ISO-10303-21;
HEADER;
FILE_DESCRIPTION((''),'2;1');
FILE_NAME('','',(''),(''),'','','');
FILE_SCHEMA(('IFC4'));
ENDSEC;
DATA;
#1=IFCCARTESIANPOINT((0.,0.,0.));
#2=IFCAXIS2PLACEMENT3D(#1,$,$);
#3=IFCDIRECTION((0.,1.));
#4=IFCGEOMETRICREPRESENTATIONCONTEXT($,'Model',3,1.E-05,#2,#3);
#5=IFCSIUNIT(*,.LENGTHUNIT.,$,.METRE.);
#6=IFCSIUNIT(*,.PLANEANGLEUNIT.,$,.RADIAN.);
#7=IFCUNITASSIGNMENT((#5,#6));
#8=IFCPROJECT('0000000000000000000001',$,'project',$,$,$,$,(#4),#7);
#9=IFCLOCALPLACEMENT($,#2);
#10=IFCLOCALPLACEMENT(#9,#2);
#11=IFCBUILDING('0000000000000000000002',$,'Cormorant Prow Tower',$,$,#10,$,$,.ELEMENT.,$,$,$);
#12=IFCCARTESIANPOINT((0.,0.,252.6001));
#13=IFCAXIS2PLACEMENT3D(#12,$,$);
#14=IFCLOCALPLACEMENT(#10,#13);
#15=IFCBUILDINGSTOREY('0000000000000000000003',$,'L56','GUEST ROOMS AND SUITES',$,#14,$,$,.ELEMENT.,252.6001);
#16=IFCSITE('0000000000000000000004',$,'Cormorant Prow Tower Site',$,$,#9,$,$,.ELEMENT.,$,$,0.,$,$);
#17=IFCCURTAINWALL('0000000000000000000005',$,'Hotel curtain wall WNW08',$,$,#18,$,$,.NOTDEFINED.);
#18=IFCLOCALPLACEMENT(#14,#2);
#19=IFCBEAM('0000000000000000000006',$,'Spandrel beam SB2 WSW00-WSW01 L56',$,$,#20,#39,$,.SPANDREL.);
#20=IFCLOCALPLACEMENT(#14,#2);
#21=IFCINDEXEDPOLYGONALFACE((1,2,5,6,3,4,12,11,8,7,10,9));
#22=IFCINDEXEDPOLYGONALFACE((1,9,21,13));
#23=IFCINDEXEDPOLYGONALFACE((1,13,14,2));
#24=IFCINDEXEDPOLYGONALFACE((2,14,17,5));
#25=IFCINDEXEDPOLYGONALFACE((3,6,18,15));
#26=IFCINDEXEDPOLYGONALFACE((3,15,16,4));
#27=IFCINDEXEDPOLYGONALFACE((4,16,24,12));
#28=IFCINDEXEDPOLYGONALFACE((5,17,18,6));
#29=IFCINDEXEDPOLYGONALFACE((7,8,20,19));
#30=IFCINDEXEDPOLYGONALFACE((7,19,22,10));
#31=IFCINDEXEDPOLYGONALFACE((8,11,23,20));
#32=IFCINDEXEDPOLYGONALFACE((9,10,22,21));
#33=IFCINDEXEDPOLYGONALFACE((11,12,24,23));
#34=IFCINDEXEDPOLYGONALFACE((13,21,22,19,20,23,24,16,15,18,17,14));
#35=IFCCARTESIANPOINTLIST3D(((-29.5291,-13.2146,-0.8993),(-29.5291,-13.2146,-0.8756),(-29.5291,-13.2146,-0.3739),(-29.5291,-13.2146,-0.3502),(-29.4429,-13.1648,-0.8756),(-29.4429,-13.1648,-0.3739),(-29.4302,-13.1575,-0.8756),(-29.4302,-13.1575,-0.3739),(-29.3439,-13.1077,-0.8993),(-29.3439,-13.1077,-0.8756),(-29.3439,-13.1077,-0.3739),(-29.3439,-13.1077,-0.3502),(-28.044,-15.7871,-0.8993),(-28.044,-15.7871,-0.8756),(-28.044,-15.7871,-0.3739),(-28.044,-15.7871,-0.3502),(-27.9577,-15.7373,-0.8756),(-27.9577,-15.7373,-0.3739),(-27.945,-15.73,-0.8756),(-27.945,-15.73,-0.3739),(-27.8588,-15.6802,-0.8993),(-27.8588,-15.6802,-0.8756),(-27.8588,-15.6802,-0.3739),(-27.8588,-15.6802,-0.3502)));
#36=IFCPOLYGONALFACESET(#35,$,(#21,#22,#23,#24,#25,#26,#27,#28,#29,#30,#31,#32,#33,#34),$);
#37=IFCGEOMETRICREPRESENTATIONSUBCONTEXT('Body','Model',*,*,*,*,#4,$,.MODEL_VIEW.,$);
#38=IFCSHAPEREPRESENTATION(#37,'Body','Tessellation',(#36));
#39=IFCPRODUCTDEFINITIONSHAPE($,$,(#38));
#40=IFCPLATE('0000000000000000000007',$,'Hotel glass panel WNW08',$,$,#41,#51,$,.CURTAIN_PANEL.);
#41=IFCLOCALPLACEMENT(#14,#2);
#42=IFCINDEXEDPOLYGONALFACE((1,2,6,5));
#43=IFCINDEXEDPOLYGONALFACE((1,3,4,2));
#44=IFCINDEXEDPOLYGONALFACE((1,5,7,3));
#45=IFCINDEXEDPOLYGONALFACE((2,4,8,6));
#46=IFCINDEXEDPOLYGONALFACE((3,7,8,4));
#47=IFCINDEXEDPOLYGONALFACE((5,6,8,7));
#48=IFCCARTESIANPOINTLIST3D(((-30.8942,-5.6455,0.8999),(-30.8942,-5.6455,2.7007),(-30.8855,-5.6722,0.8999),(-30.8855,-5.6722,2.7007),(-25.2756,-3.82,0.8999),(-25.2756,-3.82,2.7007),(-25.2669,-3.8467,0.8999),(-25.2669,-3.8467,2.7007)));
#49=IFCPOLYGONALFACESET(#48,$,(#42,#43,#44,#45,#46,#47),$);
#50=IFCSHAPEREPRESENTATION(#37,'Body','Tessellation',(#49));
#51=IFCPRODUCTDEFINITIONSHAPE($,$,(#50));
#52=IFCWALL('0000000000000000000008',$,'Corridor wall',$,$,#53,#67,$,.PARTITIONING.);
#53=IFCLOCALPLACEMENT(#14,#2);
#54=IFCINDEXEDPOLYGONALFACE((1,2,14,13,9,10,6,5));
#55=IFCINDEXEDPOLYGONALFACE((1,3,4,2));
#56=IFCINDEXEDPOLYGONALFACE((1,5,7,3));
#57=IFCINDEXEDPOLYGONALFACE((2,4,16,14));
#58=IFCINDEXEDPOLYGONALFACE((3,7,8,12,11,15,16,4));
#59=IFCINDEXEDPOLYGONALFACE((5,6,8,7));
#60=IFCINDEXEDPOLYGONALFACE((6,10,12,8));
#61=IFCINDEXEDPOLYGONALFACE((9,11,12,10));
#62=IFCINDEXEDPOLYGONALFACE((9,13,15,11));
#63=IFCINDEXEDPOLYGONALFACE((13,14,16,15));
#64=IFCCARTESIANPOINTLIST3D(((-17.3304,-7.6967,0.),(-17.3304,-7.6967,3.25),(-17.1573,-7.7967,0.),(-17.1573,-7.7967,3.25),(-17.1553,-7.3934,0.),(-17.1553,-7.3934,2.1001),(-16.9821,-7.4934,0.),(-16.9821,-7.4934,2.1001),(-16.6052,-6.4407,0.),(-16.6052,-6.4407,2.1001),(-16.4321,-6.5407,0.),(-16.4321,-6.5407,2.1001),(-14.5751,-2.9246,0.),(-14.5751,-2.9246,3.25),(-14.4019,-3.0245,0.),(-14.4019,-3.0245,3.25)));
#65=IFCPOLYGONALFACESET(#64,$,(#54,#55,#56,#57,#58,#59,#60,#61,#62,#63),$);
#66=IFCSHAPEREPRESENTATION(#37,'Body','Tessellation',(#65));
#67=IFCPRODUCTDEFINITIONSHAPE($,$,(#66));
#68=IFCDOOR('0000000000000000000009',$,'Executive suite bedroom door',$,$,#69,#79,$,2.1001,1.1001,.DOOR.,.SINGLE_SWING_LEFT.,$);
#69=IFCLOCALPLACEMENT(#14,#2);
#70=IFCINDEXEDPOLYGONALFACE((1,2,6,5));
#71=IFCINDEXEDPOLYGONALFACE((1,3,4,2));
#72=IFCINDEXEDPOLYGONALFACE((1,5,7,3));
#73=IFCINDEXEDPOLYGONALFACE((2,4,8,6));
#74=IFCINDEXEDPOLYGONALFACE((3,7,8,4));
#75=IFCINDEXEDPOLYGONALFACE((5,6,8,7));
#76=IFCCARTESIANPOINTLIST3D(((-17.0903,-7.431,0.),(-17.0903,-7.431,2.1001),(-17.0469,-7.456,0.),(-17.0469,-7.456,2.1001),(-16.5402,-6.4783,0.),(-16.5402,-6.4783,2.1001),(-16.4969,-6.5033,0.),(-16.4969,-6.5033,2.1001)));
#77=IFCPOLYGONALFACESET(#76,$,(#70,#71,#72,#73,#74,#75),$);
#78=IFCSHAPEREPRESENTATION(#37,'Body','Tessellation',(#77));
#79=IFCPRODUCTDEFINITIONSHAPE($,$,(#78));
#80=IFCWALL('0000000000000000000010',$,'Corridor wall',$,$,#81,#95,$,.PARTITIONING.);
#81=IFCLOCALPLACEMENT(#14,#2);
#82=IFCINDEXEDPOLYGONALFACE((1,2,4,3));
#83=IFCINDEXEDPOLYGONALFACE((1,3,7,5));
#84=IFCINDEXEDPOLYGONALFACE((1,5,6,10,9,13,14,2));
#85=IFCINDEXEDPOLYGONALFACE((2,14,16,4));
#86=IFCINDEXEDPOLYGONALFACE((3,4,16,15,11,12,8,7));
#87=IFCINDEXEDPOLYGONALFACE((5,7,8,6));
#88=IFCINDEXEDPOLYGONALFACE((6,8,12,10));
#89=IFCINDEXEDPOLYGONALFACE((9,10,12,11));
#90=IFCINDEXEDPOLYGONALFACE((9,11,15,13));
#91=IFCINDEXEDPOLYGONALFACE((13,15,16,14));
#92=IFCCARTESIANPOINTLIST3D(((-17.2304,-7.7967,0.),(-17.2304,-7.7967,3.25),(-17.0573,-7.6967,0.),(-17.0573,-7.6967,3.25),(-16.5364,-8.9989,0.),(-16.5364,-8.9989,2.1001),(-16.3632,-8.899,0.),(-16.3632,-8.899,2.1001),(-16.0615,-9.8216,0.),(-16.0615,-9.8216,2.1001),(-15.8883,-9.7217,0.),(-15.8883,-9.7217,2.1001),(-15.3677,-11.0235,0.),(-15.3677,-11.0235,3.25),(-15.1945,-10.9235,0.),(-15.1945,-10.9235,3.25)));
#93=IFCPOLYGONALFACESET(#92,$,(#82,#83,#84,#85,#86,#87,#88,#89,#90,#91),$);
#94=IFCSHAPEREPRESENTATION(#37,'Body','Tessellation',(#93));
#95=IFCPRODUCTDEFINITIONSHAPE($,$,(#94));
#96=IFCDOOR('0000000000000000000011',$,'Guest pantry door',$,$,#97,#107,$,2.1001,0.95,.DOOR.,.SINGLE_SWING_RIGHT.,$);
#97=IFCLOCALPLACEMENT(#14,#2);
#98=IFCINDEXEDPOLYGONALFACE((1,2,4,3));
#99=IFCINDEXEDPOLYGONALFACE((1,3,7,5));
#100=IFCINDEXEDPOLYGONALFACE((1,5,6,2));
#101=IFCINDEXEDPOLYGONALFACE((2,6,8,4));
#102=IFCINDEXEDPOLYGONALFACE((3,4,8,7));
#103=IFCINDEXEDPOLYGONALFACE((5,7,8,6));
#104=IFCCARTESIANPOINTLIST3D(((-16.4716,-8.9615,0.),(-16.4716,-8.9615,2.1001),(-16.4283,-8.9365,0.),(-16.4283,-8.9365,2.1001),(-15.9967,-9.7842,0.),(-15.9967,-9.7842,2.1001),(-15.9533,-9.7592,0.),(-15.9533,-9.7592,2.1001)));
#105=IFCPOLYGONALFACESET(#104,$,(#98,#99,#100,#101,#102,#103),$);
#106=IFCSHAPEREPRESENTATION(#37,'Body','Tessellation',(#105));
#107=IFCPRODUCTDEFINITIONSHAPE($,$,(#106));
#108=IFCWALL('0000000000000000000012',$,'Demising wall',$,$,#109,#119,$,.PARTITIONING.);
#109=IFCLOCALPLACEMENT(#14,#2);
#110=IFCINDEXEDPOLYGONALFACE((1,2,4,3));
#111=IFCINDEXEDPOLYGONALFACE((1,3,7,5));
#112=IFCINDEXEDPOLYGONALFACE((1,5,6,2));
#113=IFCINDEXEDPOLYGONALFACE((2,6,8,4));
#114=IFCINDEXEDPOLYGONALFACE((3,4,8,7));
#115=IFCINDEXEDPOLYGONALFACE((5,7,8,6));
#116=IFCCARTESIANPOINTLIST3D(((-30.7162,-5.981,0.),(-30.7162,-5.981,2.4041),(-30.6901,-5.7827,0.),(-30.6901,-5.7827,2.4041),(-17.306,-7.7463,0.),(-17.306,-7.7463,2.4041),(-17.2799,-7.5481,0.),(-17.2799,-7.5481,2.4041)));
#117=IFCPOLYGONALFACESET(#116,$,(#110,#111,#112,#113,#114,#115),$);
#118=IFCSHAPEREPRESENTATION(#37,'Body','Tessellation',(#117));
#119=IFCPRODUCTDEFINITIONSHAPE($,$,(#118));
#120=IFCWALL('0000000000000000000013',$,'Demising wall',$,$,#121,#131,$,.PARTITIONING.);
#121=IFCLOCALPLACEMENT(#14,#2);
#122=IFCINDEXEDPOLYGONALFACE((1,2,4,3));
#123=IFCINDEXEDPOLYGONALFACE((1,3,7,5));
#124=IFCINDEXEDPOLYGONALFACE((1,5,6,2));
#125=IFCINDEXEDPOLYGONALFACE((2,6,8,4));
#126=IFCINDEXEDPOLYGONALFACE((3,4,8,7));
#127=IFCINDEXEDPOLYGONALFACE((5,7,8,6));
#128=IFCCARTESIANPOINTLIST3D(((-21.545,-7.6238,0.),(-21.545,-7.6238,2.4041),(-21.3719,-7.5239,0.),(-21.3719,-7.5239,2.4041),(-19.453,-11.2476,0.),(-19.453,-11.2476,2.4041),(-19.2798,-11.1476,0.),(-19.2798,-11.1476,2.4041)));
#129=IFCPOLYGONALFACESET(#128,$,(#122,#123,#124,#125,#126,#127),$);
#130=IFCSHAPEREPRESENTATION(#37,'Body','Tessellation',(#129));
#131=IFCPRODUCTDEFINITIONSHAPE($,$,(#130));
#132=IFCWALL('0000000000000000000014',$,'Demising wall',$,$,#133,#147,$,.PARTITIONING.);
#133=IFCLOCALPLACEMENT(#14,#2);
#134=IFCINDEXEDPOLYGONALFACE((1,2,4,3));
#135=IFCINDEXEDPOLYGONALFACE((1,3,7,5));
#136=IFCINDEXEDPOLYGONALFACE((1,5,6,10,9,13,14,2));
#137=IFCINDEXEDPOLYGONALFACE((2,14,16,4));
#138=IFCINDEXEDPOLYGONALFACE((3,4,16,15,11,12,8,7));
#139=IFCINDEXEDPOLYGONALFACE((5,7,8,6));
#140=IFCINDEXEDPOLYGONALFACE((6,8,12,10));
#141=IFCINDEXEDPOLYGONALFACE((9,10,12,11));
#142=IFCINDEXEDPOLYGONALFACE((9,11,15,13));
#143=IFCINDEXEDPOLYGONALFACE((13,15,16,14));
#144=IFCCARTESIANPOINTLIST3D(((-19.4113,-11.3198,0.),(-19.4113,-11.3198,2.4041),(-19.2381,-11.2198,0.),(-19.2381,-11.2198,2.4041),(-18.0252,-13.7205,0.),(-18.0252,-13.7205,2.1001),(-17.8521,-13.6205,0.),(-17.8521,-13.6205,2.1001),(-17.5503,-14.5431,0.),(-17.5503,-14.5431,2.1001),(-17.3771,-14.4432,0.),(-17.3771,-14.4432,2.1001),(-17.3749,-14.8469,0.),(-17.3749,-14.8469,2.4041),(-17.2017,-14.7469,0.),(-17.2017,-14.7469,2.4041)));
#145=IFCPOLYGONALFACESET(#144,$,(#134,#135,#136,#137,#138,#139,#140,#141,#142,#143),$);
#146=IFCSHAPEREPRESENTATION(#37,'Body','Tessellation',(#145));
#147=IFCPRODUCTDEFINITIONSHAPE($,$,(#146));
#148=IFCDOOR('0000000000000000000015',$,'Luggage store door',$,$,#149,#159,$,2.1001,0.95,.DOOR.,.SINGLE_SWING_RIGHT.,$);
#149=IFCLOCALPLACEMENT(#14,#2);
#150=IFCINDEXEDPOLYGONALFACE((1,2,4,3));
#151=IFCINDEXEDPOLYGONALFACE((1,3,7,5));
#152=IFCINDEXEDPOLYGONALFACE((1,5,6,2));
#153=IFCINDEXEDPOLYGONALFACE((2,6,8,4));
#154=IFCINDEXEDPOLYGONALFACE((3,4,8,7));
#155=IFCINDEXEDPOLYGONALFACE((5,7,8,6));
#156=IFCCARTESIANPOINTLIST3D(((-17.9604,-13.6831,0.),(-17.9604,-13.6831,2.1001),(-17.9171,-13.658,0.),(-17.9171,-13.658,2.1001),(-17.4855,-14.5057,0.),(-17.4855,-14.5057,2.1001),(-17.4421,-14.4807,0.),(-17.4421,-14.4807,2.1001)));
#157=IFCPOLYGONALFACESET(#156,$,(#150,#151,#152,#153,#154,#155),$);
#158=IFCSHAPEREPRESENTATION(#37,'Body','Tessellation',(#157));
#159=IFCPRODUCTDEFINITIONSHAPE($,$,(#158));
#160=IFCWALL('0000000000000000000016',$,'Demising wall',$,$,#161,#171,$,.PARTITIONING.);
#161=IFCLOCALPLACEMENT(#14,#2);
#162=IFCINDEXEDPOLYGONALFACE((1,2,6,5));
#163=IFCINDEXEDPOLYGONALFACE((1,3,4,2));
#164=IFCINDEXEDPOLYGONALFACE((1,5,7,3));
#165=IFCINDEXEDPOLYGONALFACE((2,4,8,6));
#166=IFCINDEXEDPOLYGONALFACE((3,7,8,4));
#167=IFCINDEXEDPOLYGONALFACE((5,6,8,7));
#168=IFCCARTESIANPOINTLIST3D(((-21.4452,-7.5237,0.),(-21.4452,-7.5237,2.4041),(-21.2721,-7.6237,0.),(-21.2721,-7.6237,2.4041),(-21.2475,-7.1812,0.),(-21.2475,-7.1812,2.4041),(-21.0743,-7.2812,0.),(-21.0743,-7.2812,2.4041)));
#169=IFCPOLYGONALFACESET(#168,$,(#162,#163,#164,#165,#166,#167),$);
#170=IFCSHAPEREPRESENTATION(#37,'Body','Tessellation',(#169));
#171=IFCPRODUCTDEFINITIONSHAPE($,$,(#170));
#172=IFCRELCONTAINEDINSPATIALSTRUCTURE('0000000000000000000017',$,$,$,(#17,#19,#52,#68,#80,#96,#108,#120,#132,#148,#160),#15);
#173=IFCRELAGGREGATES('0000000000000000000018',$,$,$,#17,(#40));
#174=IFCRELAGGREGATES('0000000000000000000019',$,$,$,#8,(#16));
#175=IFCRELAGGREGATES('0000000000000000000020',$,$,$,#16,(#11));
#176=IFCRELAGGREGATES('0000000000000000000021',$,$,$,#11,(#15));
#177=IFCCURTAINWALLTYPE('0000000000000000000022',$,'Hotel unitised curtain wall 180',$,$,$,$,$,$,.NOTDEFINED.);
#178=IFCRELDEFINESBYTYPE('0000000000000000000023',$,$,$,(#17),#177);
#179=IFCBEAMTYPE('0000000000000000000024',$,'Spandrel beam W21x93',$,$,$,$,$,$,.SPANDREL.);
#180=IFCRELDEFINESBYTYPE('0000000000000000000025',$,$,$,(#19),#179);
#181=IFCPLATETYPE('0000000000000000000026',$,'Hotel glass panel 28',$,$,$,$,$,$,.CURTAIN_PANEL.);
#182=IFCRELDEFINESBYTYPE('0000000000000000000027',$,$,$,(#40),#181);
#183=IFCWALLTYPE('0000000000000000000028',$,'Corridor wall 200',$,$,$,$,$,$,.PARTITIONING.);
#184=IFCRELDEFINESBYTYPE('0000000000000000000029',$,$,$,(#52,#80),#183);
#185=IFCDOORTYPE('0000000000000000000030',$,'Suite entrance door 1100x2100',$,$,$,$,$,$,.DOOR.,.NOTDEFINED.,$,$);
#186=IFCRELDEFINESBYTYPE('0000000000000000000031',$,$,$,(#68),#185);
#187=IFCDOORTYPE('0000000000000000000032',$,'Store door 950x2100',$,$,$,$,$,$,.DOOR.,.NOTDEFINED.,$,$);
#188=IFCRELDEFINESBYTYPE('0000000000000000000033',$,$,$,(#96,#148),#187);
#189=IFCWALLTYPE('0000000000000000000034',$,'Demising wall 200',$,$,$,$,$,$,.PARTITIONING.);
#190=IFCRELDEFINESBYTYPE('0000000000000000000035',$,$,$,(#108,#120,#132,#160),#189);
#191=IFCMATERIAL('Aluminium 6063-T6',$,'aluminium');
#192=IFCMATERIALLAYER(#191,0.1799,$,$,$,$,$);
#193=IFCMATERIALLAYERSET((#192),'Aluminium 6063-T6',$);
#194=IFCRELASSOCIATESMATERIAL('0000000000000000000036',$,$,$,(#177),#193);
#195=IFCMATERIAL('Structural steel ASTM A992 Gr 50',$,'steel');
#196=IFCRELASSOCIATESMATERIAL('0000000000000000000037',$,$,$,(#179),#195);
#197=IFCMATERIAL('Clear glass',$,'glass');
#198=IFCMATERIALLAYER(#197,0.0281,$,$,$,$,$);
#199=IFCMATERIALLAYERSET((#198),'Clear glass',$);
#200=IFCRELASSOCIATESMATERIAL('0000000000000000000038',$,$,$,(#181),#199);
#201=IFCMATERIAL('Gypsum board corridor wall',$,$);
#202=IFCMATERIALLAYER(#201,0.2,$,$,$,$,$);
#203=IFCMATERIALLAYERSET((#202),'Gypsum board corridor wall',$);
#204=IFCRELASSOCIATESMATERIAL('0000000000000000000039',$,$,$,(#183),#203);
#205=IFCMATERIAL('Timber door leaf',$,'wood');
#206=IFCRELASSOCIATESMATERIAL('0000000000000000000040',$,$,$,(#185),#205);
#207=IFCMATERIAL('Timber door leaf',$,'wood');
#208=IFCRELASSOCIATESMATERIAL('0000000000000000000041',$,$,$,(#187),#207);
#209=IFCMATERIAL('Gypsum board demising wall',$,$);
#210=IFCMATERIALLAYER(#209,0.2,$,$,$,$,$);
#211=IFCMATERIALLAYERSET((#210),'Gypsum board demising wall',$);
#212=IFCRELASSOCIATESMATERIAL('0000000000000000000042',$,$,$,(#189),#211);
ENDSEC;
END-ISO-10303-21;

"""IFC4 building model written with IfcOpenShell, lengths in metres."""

from ifc_helpers import new_model, si_unit, direction, frame, frame_2d, origin, origin_2d, place, context, subcontext, project, spatial, rectangle, i_section, extrude, material, layer, layer_set, material_profile, profile_set, type_object, element, fill, aggregate, save


model = new_model("IFC4")

# Units and contexts
model_context = context("Model", 3, precision=1e-05, world=origin(), true_north=direction((0.0, 1.0)))
body_context = subcontext(model_context, "Body", "Model", "MODEL_VIEW")
ifc_project = project(units=[si_unit("LENGTHUNIT", "METRE"), si_unit("PLANEANGLEUNIT", "RADIAN")], contexts=[model_context])

# Site, building, storey
site_placement = place(None, origin())
site = spatial("IfcSite", under=ifc_project, at=site_placement, Name="Cormorant Prow Tower Site", CompositionType="ELEMENT", RefElevation=0.0)
building_placement = place(site_placement, origin())
building = spatial("IfcBuilding", under=site, at=building_placement, Name="Cormorant Prow Tower", CompositionType="ELEMENT")
storey_placement = place(building_placement, frame((0.0, 0.0, 252.6001)))
storey = spatial("IfcBuildingStorey", under=building, at=storey_placement, Name="L56", Description="GUEST ROOMS AND SUITES", CompositionType="ELEMENT", Elevation=252.6001)

# Curtain wall
ifc_material_1 = material(Name="Aluminium 6063-T6", Category="aluminium")
ifc_layer_1 = layer(ifc_material_1, 0.1799)
ifc_layer_set_1 = layer_set([ifc_layer_1], Name="Aluminium 6063-T6")
curtain_wall_type = type_object("IfcCurtainWallType", Name="Hotel unitised curtain wall 180", PredefinedType="NOTDEFINED", material=ifc_layer_set_1)
curtain_wall_placement = place(storey_placement, origin())
curtain_wall = element("IfcCurtainWall", 1, at=curtain_wall_placement, inside=storey, type_object=curtain_wall_type, Name="Hotel curtain wall WNW08", PredefinedType="NOTDEFINED")

# Beam
ifc_material_2 = material(Name="Structural steel ASTM A992 Gr 50", Category="steel")
ifc_material_profile_1 = material_profile(ifc_material_2, i_section(OverallWidth=0.2139, OverallDepth=0.5491, WebThickness=0.0146, FlangeThickness=0.0237, at=origin_2d()), Name="W21x93")
ifc_profile_set_1 = profile_set([ifc_material_profile_1], Name="Structural steel ASTM A992 Gr 50")
beam_type_1 = type_object("IfcBeamType", Name="Spandrel beam W21x93", PredefinedType="SPANDREL", material=ifc_profile_set_1)
beam_1_placement = place(storey_placement, frame((-29.4365, -13.1611, -0.6248), z_axis=(0.499967, -0.866045, 0.0), x_axis=(0.866045, 0.499967, 0.0)))
element("IfcBeam", 2, at=beam_1_placement, inside=storey, type_object=beam_type_1, Name="Spandrel beam SB2 WSW00-WSW01 L56", PredefinedType="SPANDREL", context=body_context, shape_type="SweptSolid", body=[
    extrude(i_section(OverallWidth=0.2139, OverallDepth=0.5491, WebThickness=0.0146, FlangeThickness=0.0237, at=origin_2d()), origin(), (0.0, 0.0, 1.0), 2.9705),
])

# Plate
ifc_material_3 = material(Name="Clear glass", Category="glass")
ifc_layer_2 = layer(ifc_material_3, 0.0281)
ifc_layer_set_2 = layer_set([ifc_layer_2], Name="Clear glass")
plate_type = type_object("IfcPlateType", Name="Hotel glass panel 28", PredefinedType="CURTAIN_PANEL", material=ifc_layer_set_2)
plate_placement = place(storey_placement, frame((-28.0806, -4.7461, 0.8999), z_axis=(0.0, 0.0, 1.0), x_axis=(-0.951057, -0.309017, 0.0)))
plate = element("IfcPlate", 3, at=plate_placement, type_object=plate_type, Name="Hotel glass panel WNW08", PredefinedType="CURTAIN_PANEL", context=body_context, shape_type="SweptSolid", body=[
    extrude(rectangle(XDim=5.9077, YDim=0.0281, at=origin_2d()), origin(), (0.0, 0.0, 1.0), 1.8008),
])
aggregate(curtain_wall, [plate])

# Walls, openings, doors
ifc_material_4 = material(Name="Gypsum board corridor wall")
ifc_layer_3 = layer(ifc_material_4, 0.2)
ifc_layer_set_3 = layer_set([ifc_layer_3], Name="Gypsum board corridor wall")
wall_type_1 = type_object("IfcWallType", Name="Corridor wall 200", PredefinedType="PARTITIONING", material=ifc_layer_set_3)
wall_1_placement = place(storey_placement, frame((-17.2439, -7.7468, 0.0), z_axis=(0.0, 0.0, 1.0), x_axis=(0.500018, 0.866015, 0.0)))
wall_1 = element("IfcWall", 4, at=wall_1_placement, inside=storey, type_object=wall_type_1, Name="Corridor wall", PredefinedType="PARTITIONING", context=body_context, shape_type="SweptSolid", body=[
    extrude(rectangle(XDim=5.5105, YDim=0.2, at=frame_2d((2.7554, 0.0))), origin(), (0.0, 0.0, 1.0), 3.25),
])
opening_1_placement = place(wall_1_placement, frame((0.3503, 0.0, 0.0)))
opening_1 = element("IfcOpeningElement", 5, at=opening_1_placement, cuts=wall_1, PredefinedType="OPENING", context=body_context, shape_type="SweptSolid", body=[
    extrude(rectangle(XDim=1.1001, YDim=2.1001, at=frame_2d((0.55, 1.05))), frame((0.0, 0.1099, 0.0), z_axis=(0.0, -1.0, 0.0), x_axis=(1.0, 0.0, 0.0)), (0.0, 0.0, 1.0), 0.22),
])
ifc_material_5 = material(Name="Timber door leaf", Category="wood")
door_type_1 = type_object("IfcDoorType", Name="Suite entrance door 1100x2100", OperationType="NOTDEFINED", PredefinedType="DOOR", material=ifc_material_5)
door_1_placement = place(opening_1_placement, origin())
door_1 = element("IfcDoor", 6, at=door_1_placement, inside=storey, type_object=door_type_1, Name="Executive suite bedroom door", OperationType="SINGLE_SWING_LEFT", OverallHeight=2.1001, OverallWidth=1.1001, PredefinedType="DOOR", context=body_context, shape_type="SweptSolid", body=[
    extrude(rectangle(XDim=1.1001, YDim=2.1001, at=frame_2d((0.55, 1.05))), frame((0.0, 0.0249, 0.0), z_axis=(0.0, -1.0, 0.0), x_axis=(1.0, 0.0, 0.0)), (0.0, 0.0, 1.0), 0.05),
])
fill(opening_1, door_1)
wall_2_placement = place(storey_placement, frame((-17.1438, -7.7468, 0.0), z_axis=(0.0, 0.0, 1.0), x_axis=(0.499959, -0.866049, 0.0)))
wall_2 = element("IfcWall", 7, at=wall_2_placement, inside=storey, type_object=wall_type_1, Name="Corridor wall", PredefinedType="PARTITIONING", context=body_context, shape_type="SweptSolid", body=[
    extrude(rectangle(XDim=3.7258, YDim=0.2, at=frame_2d((1.8628, 0.0))), origin(), (0.0, 0.0, 1.0), 3.25),
])
opening_2_placement = place(wall_2_placement, frame((1.3879, 0.0, 0.0)))
opening_2 = element("IfcOpeningElement", 8, at=opening_2_placement, cuts=wall_2, PredefinedType="OPENING", context=body_context, shape_type="SweptSolid", body=[
    extrude(rectangle(XDim=0.95, YDim=2.1001, at=frame_2d((0.4751, 1.05))), frame((0.0, 0.1099, 0.0), z_axis=(0.0, -1.0, 0.0), x_axis=(1.0, 0.0, 0.0)), (0.0, 0.0, 1.0), 0.22),
])
ifc_material_6 = material(Name="Timber door leaf", Category="wood")
door_type_2 = type_object("IfcDoorType", Name="Store door 950x2100", OperationType="NOTDEFINED", PredefinedType="DOOR", material=ifc_material_6)
door_2_placement = place(opening_2_placement, origin())
door_2 = element("IfcDoor", 9, at=door_2_placement, inside=storey, type_object=door_type_2, Name="Guest pantry door", OperationType="SINGLE_SWING_RIGHT", OverallHeight=2.1001, OverallWidth=0.95, PredefinedType="DOOR", context=body_context, shape_type="SweptSolid", body=[
    extrude(rectangle(XDim=0.95, YDim=2.1001, at=frame_2d((0.4751, 1.05))), frame((0.0, 0.0249, 0.0), z_axis=(0.0, -1.0, 0.0), x_axis=(1.0, 0.0, 0.0)), (0.0, 0.0, 1.0), 0.05),
])
fill(opening_2, door_2)

# Walls
ifc_material_7 = material(Name="Gypsum board demising wall")
ifc_layer_4 = layer(ifc_material_7, 0.2)
ifc_layer_set_4 = layer_set([ifc_layer_4], Name="Gypsum board demising wall")
wall_type_2 = type_object("IfcWallType", Name="Demising wall 200", PredefinedType="PARTITIONING", material=ifc_layer_set_4)
wall_3_placement = place(storey_placement, frame((-30.7031, -5.8818, 0.0), z_axis=(0.0, 0.0, 1.0), x_axis=(0.991446, -0.130519, 0.0)))
element("IfcWall", 10, at=wall_3_placement, inside=storey, type_object=wall_type_2, Name="Demising wall", PredefinedType="PARTITIONING", context=body_context, shape_type="SweptSolid", body=[
    extrude(rectangle(XDim=13.5259, YDim=0.2, at=frame_2d((6.7629, 0.0))), origin(), (0.0, 0.0, 1.0), 2.4041),
])
wall_4_placement = place(storey_placement, frame((-21.4585, -7.5737, 0.0), z_axis=(0.0, 0.0, 1.0), x_axis=(0.499973, -0.866041, 0.0)))
element("IfcWall", 11, at=wall_4_placement, inside=storey, type_object=wall_type_2, Name="Demising wall", PredefinedType="PARTITIONING", context=body_context, shape_type="SweptSolid", body=[
    extrude(rectangle(XDim=4.1843, YDim=0.2, at=frame_2d((2.0923, 0.0))), origin(), (0.0, 0.0, 1.0), 2.4041),
])

# Wall, opening, door
wall_5_placement = place(storey_placement, frame((-19.3247, -11.2698, 0.0), z_axis=(0.0, 0.0, 1.0), x_axis=(0.500001, -0.866025, 0.0)))
wall_5 = element("IfcWall", 12, at=wall_5_placement, inside=storey, type_object=wall_type_2, Name="Demising wall", PredefinedType="PARTITIONING", context=body_context, shape_type="SweptSolid", body=[
    extrude(rectangle(XDim=4.0728, YDim=0.2, at=frame_2d((2.0364, 0.0))), origin(), (0.0, 0.0, 1.0), 2.4041),
])
opening_3_placement = place(wall_5_placement, frame((2.772, 0.0, 0.0)))
opening_3 = element("IfcOpeningElement", 13, at=opening_3_placement, cuts=wall_5, PredefinedType="OPENING", context=body_context, shape_type="SweptSolid", body=[
    extrude(rectangle(XDim=0.95, YDim=2.1001, at=frame_2d((0.4751, 1.05))), frame((0.0, 0.1099, 0.0), z_axis=(0.0, -1.0, 0.0), x_axis=(1.0, 0.0, 0.0)), (0.0, 0.0, 1.0), 0.22),
])
door_3_placement = place(opening_3_placement, origin())
door_3 = element("IfcDoor", 14, at=door_3_placement, inside=storey, type_object=door_type_2, Name="Luggage store door", OperationType="SINGLE_SWING_RIGHT", OverallHeight=2.1001, OverallWidth=0.95, PredefinedType="DOOR", context=body_context, shape_type="SweptSolid", body=[
    extrude(rectangle(XDim=0.95, YDim=2.1001, at=frame_2d((0.4751, 1.05))), frame((0.0, 0.0249, 0.0), z_axis=(0.0, -1.0, 0.0), x_axis=(1.0, 0.0, 0.0)), (0.0, 0.0, 1.0), 0.05),
])
fill(opening_3, door_3)

# Wall
wall_6_placement = place(storey_placement, frame((-21.3586, -7.5737, 0.0), z_axis=(0.0, 0.0, 1.0), x_axis=(0.49999, 0.866031, 0.0)))
element("IfcWall", 15, at=wall_6_placement, inside=storey, type_object=wall_type_2, Name="Demising wall", PredefinedType="PARTITIONING", context=body_context, shape_type="SweptSolid", body=[
    extrude(rectangle(XDim=0.3955, YDim=0.2, at=frame_2d((0.1978, 0.0))), origin(), (0.0, 0.0, 1.0), 2.4041),
])

save(model, "model.ifc")
